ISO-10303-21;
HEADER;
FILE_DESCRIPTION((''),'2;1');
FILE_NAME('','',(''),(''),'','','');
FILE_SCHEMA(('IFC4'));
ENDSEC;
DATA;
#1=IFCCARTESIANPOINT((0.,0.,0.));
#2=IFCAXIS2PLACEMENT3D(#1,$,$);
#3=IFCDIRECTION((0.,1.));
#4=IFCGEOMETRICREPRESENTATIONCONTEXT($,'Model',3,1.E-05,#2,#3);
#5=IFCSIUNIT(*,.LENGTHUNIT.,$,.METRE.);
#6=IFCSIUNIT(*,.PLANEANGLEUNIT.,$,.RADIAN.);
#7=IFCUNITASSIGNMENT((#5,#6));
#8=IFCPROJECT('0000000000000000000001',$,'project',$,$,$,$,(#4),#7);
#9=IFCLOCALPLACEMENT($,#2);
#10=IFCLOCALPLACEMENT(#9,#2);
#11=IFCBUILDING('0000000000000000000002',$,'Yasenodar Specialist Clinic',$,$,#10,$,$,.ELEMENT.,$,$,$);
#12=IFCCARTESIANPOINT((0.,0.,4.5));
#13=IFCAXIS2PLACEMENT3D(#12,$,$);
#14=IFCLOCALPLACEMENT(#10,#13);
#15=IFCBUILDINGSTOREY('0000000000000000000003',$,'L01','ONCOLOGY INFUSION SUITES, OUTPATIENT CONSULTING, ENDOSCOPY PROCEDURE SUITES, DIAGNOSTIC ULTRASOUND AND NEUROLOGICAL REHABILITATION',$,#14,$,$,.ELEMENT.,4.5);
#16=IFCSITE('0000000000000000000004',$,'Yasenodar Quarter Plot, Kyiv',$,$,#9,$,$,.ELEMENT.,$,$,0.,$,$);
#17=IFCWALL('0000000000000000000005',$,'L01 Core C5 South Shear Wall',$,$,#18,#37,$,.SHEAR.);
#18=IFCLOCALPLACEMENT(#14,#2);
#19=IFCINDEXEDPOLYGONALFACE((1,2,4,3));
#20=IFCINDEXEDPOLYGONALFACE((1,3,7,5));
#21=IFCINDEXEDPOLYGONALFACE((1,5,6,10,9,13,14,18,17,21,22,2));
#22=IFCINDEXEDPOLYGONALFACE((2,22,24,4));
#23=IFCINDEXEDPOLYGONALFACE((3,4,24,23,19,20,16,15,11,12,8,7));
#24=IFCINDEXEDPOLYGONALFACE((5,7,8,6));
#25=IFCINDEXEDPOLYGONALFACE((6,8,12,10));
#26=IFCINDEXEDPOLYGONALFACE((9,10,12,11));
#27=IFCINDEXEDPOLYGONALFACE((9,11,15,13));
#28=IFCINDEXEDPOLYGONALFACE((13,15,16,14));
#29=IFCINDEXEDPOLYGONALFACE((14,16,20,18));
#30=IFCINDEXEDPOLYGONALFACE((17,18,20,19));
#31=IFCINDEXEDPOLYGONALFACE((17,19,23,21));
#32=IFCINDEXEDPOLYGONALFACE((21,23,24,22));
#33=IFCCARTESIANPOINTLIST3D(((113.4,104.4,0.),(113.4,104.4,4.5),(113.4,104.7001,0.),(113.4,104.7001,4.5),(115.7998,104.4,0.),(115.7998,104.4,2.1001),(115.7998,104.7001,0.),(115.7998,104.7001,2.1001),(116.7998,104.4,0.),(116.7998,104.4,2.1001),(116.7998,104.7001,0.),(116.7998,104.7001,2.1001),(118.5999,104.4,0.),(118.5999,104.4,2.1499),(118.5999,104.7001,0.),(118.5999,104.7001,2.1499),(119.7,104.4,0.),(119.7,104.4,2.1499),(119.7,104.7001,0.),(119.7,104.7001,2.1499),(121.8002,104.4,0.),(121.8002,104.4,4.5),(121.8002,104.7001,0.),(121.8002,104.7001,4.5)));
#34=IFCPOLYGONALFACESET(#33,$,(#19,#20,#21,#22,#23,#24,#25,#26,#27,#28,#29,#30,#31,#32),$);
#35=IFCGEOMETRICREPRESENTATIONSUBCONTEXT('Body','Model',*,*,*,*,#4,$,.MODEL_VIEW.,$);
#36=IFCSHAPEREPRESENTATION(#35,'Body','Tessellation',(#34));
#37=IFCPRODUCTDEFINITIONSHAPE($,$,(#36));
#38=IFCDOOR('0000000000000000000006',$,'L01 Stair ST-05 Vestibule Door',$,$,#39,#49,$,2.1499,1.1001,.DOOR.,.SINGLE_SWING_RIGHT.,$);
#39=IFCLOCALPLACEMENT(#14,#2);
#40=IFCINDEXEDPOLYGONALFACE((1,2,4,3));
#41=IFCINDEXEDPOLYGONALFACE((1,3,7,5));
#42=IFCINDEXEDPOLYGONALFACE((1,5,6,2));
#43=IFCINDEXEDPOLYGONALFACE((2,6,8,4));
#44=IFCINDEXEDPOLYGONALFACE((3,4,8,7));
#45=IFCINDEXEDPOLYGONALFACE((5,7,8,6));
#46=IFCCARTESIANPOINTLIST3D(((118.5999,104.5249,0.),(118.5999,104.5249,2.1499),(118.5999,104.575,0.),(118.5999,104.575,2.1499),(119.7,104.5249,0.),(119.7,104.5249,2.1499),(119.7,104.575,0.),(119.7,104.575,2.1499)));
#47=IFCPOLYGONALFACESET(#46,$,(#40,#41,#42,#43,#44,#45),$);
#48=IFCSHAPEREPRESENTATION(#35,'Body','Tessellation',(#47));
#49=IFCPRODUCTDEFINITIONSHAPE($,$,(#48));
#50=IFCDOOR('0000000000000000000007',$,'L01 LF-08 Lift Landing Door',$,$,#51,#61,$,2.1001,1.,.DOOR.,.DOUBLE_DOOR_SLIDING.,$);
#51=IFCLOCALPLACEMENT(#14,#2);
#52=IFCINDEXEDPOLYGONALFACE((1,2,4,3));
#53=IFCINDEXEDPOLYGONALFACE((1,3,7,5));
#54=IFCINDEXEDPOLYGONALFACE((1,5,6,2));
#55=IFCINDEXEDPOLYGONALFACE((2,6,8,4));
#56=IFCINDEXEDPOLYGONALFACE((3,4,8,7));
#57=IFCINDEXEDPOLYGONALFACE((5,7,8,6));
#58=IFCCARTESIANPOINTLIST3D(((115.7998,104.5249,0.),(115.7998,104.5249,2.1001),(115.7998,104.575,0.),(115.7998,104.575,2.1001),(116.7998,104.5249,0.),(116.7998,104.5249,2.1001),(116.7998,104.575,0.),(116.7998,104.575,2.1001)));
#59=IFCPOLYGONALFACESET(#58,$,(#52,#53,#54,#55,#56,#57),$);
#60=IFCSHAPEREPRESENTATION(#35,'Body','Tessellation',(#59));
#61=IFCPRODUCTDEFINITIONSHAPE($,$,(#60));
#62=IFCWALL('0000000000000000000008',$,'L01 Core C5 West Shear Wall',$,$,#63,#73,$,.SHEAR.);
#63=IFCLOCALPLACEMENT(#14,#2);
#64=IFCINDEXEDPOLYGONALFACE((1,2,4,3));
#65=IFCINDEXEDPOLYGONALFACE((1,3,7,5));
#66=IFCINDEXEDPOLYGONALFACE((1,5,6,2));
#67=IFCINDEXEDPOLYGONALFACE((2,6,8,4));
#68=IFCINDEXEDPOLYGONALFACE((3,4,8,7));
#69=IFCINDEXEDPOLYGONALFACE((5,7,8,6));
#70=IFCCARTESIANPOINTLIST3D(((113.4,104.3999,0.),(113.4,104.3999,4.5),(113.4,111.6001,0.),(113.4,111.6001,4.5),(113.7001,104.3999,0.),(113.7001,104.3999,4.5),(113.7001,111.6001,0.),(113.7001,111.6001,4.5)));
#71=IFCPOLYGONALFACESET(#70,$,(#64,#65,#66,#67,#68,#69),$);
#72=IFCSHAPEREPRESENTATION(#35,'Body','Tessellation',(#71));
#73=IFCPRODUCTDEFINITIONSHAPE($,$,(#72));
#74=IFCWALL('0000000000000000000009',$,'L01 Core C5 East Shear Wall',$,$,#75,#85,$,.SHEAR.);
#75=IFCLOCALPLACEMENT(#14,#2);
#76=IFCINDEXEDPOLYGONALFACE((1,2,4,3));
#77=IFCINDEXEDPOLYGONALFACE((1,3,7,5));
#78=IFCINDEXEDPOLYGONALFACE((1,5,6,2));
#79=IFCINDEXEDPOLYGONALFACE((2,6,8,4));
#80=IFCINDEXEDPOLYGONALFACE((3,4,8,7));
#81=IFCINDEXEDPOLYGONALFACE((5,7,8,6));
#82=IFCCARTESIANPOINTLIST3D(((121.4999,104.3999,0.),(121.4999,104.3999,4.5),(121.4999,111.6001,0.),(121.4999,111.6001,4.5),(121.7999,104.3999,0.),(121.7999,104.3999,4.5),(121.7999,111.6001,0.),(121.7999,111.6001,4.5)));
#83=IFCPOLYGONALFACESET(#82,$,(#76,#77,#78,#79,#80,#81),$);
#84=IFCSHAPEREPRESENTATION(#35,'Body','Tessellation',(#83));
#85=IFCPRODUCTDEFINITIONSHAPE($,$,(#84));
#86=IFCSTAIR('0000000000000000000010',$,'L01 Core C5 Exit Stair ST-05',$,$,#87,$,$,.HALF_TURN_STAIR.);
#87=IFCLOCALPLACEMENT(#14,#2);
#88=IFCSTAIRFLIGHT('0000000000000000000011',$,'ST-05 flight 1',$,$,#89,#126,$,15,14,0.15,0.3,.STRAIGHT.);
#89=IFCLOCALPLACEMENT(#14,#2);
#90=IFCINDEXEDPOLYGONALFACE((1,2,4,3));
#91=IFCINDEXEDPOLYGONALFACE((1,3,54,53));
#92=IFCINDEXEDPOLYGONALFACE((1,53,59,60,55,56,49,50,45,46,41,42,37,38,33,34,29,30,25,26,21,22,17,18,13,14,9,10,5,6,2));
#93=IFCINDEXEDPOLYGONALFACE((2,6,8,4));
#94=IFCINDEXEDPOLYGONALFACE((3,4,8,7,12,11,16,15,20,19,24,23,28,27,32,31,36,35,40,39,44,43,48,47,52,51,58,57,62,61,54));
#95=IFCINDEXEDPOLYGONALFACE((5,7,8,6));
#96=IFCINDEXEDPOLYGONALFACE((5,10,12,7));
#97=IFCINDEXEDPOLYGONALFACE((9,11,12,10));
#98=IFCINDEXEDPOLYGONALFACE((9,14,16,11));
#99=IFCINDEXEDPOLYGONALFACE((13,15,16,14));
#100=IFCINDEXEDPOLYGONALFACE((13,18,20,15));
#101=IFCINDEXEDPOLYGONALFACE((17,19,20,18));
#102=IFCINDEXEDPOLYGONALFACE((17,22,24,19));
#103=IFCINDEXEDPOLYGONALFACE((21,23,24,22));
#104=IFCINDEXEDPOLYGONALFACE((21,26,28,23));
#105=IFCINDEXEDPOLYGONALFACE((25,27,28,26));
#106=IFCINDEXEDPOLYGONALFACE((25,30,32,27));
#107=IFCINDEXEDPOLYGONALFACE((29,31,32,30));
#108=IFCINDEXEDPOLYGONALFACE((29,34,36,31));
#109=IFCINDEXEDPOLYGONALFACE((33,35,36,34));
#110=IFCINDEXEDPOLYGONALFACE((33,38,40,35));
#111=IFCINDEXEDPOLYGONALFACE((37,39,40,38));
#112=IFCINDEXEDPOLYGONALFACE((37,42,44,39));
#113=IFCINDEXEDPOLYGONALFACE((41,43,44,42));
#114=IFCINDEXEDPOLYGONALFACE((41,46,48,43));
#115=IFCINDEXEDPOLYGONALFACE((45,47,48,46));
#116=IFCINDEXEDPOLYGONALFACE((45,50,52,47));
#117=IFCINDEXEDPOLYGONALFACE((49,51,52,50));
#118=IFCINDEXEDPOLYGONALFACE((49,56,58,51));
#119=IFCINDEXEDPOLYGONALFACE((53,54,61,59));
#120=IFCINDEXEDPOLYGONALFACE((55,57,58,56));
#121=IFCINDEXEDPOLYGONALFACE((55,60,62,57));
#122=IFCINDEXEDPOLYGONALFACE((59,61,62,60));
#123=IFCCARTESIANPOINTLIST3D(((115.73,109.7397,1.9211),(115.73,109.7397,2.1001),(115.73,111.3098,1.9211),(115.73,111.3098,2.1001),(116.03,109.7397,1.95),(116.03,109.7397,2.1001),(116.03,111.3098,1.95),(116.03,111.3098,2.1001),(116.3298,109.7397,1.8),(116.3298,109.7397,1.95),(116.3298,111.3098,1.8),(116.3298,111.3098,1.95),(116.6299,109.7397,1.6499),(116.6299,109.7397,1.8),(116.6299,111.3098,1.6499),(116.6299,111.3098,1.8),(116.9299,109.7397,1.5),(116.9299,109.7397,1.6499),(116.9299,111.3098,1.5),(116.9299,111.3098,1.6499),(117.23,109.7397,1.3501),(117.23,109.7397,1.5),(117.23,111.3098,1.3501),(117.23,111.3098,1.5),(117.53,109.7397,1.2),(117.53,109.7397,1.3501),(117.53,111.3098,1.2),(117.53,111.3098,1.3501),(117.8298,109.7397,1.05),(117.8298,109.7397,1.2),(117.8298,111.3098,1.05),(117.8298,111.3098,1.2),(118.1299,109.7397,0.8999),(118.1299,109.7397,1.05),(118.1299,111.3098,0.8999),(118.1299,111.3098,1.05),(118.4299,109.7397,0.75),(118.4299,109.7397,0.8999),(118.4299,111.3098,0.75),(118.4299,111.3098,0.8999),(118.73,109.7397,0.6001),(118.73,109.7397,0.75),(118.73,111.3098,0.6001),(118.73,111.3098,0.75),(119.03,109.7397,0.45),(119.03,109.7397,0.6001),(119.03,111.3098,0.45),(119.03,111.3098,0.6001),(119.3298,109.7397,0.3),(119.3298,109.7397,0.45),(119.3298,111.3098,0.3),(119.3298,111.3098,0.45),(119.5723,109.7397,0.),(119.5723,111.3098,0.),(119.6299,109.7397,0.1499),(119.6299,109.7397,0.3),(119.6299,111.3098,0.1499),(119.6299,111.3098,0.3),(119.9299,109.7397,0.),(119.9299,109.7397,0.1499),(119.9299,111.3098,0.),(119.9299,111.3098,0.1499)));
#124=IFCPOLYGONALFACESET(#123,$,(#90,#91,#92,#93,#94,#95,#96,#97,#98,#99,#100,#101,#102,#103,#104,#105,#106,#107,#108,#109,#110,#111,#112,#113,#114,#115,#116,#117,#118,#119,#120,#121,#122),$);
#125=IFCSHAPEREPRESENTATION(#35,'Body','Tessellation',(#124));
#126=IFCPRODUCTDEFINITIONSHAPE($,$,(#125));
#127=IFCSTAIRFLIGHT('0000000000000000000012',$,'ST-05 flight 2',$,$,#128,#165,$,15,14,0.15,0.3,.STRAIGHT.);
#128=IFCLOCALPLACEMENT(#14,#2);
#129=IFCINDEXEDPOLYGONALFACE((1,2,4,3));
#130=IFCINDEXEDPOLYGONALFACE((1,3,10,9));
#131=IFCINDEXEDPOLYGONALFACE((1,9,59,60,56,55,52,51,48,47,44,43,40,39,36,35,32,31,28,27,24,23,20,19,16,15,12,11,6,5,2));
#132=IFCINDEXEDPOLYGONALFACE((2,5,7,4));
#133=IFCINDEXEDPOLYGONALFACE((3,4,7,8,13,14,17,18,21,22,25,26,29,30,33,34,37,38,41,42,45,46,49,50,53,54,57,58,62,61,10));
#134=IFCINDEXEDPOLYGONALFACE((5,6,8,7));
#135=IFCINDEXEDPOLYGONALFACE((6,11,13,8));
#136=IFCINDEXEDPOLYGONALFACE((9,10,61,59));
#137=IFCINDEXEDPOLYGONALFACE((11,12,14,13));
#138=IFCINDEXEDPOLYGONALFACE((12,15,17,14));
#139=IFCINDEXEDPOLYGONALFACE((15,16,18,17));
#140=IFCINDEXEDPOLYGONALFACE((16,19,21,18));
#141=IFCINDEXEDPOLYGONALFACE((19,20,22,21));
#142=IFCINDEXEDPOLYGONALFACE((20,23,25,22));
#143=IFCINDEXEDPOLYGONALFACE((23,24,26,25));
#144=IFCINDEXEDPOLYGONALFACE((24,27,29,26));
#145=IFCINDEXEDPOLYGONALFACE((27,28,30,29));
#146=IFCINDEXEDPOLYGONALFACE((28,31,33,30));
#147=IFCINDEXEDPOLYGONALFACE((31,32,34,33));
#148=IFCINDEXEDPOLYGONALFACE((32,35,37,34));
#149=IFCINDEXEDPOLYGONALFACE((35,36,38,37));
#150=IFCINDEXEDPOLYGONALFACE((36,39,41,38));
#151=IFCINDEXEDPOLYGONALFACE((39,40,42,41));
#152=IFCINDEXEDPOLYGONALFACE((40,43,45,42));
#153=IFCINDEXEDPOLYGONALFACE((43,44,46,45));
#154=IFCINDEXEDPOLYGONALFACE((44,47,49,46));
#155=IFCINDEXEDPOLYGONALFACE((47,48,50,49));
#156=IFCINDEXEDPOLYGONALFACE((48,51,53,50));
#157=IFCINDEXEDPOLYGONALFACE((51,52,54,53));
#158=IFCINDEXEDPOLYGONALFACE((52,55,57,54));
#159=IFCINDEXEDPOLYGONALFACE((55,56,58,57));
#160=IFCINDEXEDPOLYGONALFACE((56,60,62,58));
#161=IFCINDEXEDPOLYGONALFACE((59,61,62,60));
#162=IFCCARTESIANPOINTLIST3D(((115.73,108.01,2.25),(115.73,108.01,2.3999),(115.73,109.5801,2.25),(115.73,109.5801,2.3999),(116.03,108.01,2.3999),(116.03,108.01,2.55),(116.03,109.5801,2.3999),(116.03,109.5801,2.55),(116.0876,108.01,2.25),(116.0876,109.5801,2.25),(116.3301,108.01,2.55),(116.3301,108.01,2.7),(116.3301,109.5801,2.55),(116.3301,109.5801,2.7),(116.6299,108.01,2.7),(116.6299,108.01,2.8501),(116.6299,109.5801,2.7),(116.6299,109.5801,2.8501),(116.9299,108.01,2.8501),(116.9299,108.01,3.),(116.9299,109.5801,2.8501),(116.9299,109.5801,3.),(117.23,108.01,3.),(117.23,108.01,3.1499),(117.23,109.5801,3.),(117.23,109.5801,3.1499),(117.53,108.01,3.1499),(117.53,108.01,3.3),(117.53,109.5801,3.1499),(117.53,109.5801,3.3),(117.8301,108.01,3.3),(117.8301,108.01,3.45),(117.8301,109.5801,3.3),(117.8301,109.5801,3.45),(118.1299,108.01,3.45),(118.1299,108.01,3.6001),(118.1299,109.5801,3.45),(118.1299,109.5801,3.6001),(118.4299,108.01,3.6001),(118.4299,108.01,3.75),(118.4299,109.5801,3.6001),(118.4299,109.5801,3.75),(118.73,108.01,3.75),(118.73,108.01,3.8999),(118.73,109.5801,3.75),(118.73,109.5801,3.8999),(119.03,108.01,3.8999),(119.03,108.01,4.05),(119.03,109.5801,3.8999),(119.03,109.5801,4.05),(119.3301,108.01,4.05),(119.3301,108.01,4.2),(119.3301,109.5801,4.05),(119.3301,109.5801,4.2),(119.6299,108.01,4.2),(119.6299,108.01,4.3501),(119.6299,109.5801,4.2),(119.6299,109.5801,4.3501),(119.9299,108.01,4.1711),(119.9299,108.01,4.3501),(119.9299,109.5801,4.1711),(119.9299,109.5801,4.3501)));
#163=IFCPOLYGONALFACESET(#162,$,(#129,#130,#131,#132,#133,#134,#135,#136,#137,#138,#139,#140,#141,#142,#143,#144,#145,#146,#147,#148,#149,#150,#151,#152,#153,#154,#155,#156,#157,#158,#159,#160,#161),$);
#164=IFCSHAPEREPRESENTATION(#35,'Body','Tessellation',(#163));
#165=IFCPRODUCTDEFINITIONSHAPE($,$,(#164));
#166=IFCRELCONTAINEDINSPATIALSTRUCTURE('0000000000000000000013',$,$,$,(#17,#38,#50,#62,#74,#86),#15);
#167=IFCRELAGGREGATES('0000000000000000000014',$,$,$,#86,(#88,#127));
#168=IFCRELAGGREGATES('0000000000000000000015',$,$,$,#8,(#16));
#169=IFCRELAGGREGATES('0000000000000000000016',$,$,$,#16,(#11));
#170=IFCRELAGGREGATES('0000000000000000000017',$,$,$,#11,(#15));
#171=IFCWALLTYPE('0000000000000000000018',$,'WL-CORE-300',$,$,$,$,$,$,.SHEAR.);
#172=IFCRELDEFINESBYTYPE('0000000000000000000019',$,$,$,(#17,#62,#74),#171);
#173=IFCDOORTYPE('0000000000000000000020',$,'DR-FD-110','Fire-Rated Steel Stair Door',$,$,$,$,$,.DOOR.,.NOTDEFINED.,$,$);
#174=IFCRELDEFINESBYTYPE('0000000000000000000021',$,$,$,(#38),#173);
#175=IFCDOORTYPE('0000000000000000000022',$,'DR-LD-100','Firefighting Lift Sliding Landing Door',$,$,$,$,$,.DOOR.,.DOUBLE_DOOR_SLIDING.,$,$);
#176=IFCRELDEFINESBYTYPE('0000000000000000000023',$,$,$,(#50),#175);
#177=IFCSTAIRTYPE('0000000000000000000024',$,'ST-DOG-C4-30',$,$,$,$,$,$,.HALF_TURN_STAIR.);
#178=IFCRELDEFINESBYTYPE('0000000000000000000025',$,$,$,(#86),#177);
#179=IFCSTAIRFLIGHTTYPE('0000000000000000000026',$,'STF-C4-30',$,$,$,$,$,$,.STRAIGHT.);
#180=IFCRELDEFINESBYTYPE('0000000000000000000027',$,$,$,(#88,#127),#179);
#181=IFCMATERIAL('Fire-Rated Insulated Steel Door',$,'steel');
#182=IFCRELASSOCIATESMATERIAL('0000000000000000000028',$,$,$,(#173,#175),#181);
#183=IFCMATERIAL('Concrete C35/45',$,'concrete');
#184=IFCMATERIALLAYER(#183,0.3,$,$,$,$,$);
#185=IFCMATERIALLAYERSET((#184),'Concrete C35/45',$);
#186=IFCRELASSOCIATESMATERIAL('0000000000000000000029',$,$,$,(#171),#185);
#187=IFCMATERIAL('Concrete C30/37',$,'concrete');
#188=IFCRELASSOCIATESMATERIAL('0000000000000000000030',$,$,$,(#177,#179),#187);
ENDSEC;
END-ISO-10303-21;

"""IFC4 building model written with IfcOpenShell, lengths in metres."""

from ifc_helpers import new_model, si_unit, direction, frame, frame_2d, origin, place, context, subcontext, project, spatial, polyline, rectangle, outline, extrude, material, layer, layer_set, type_object, element, fill, aggregate, save


model = new_model("IFC4")

# Units and contexts
model_context = context("Model", 3, precision=1e-05, world=origin(), true_north=direction((0.0, 1.0)))
body_context = subcontext(model_context, "Body", "Model", "MODEL_VIEW")
ifc_project = project(units=[si_unit("LENGTHUNIT", "METRE"), si_unit("PLANEANGLEUNIT", "RADIAN")], contexts=[model_context])

# Site, building, storey
site_placement = place(None, origin())
site = spatial("IfcSite", under=ifc_project, at=site_placement, Name="Yasenodar Quarter Plot, Kyiv", CompositionType="ELEMENT", RefElevation=0.0)
building_placement = place(site_placement, origin())
building = spatial("IfcBuilding", under=site, at=building_placement, Name="Yasenodar Specialist Clinic", CompositionType="ELEMENT")
storey_placement = place(building_placement, frame((0.0, 0.0, 4.5)))
storey = spatial("IfcBuildingStorey", under=building, at=storey_placement, Name="L01", Description="ONCOLOGY INFUSION SUITES, OUTPATIENT CONSULTING, ENDOSCOPY PROCEDURE SUITES, DIAGNOSTIC ULTRASOUND AND NEUROLOGICAL REHABILITATION", CompositionType="ELEMENT", Elevation=4.5)

# Shared definitions
ifc_material_1 = material(Name="Concrete C35/45", Category="concrete")
ifc_material_2 = material(Name="Fire-Rated Insulated Steel Door", Category="steel")
door_type_1 = type_object("IfcDoorType", Name="DR-FD-110", Description="Fire-Rated Steel Stair Door", OperationType="NOTDEFINED", PredefinedType="DOOR", material=ifc_material_2)

# Shared definitions
ifc_layer_1 = layer(ifc_material_1, 0.3)
ifc_layer_set_1 = layer_set([ifc_layer_1], Name="Concrete C35/45")
wall_type_1 = type_object("IfcWallType", Name="WL-CORE-300", PredefinedType="SHEAR", material=ifc_layer_set_1)

# Wall, openings, doors
wall_1_placement = place(storey_placement, frame((113.3999, 104.55, 0.0), z_axis=(0.0, 0.0, 1.0), x_axis=(1.0, 0.0, 0.0)))
wall_1 = element("IfcWall", 1, at=wall_1_placement, inside=storey, type_object=wall_type_1, Name="L01 Core C5 South Shear Wall", PredefinedType="SHEAR", context=body_context, shape_type="SweptSolid", body=[
    extrude(rectangle(XDim=8.4001, YDim=0.3, at=frame_2d((4.2002, 0.0))), origin(), (0.0, 0.0, 1.0), 4.5),
])
opening_1_placement = place(wall_1_placement, frame((5.2, 0.0, 0.0)))
opening_1 = element("IfcOpeningElement", 2, at=opening_1_placement, cuts=wall_1, PredefinedType="OPENING", context=body_context, shape_type="SweptSolid", body=[
    extrude(rectangle(XDim=1.1001, YDim=2.1499, at=frame_2d((0.55, 1.075))), frame((0.0, 0.1602, 0.0), z_axis=(0.0, -1.0, 0.0), x_axis=(1.0, 0.0, 0.0)), (0.0, 0.0, 1.0), 0.3201),
])
opening_2_placement = place(wall_1_placement, frame((2.3999, 0.0, 0.0)))
opening_2 = element("IfcOpeningElement", 3, at=opening_2_placement, cuts=wall_1, PredefinedType="OPENING", context=body_context, shape_type="SweptSolid", body=[
    extrude(rectangle(XDim=1.0, YDim=2.1001, at=frame_2d((0.5, 1.05))), frame((0.0, 0.1602, 0.0), z_axis=(0.0, -1.0, 0.0), x_axis=(1.0, 0.0, 0.0)), (0.0, 0.0, 1.0), 0.3201),
])
door_1_placement = place(opening_1_placement, origin())
door_1 = element("IfcDoor", 4, at=door_1_placement, inside=storey, type_object=door_type_1, Name="L01 Stair ST-05 Vestibule Door", OperationType="SINGLE_SWING_RIGHT", OverallHeight=2.1499, OverallWidth=1.1001, PredefinedType="DOOR", context=body_context, shape_type="SweptSolid", body=[
    extrude(rectangle(XDim=1.1001, YDim=2.1499, at=frame_2d((0.55, 1.075))), frame((0.0, 0.0249, 0.0), z_axis=(0.0, -1.0, 0.0), x_axis=(1.0, 0.0, 0.0)), (0.0, 0.0, 1.0), 0.05),
])
fill(opening_1, door_1)
door_type_2 = type_object("IfcDoorType", Name="DR-LD-100", Description="Firefighting Lift Sliding Landing Door", OperationType="DOUBLE_DOOR_SLIDING", PredefinedType="DOOR", material=ifc_material_2)
door_2_placement = place(opening_2_placement, origin())
door_2 = element("IfcDoor", 5, at=door_2_placement, inside=storey, type_object=door_type_2, Name="L01 LF-08 Lift Landing Door", OperationType="DOUBLE_DOOR_SLIDING", OverallHeight=2.1001, OverallWidth=1.0, PredefinedType="DOOR", context=body_context, shape_type="SweptSolid", body=[
    extrude(rectangle(XDim=1.0, YDim=2.1001, at=frame_2d((0.5, 1.05))), frame((0.0, 0.0249, 0.0), z_axis=(0.0, -1.0, 0.0), x_axis=(1.0, 0.0, 0.0)), (0.0, 0.0, 1.0), 0.05),
])
fill(opening_2, door_2)

# Walls
for number, where, z_axis, x_axis, name in (
    (6, (113.55, 104.3999, 0.0), (0.0, 0.0, 1.0), (0.0, 1.0, 0.0), "L01 Core C5 West Shear Wall"),
    (7, (121.6499, 111.6001, 0.0), (0.0, 0.0, 1.0), (0.0, -1.0, 0.0), "L01 Core C5 East Shear Wall"),
):
    element("IfcWall", number, at=place(storey_placement, frame(where, z_axis=z_axis, x_axis=x_axis)), inside=storey, type_object=wall_type_1, Name=name, PredefinedType="SHEAR", context=body_context, shape_type="SweptSolid", body=[
        extrude(rectangle(XDim=7.2002, YDim=0.3, at=frame_2d((3.6001, 0.0))), origin(), (0.0, 0.0, 1.0), 4.5),
    ])

# Stair, stair flights
ifc_material_3 = material(Name="Concrete C30/37", Category="concrete")
stair_type = type_object("IfcStairType", Name="ST-DOG-C4-30", PredefinedType="HALF_TURN_STAIR", material=ifc_material_3)
stair_placement = place(storey_placement, origin())
stair = element("IfcStair", 8, at=stair_placement, inside=storey, type_object=stair_type, Name="L01 Core C5 Exit Stair ST-05", PredefinedType="HALF_TURN_STAIR")
stair_flight_type = type_object("IfcStairFlightType", Name="STF-C4-30", PredefinedType="STRAIGHT", material=ifc_material_3)
stair_flight_1_placement = place(storey_placement, frame((119.9299, 110.5249, 0.0), z_axis=(0.0, 0.0, 1.0), x_axis=(-1.0, 0.0, 0.0)))
stair_flight_1 = element("IfcStairFlight", 9, at=stair_flight_1_placement, type_object=stair_flight_type, Name="ST-05 flight 1", NumberOfRisers=15, NumberOfTreads=14, PredefinedType="STRAIGHT", RiserHeight=0.15, TreadLength=0.3, context=body_context, shape_type="SweptSolid", body=[
    extrude(outline(polyline([(0.0, 0.0), (0.0, 0.1499), (0.3, 0.1499), (0.3, 0.3), (0.6001, 0.3), (0.6001, 0.45), (0.8999, 0.45), (0.8999, 0.6001), (1.2, 0.6001), (1.2, 0.75), (1.5, 0.75), (1.5, 0.8999), (1.8, 0.8999), (1.8, 1.05), (2.1001, 1.05), (2.1001, 1.2), (2.3999, 1.2), (2.3999, 1.3501), (2.7, 1.3501), (2.7, 1.5), (3.0, 1.5), (3.0, 1.6499), (3.3, 1.6499), (3.3, 1.8), (3.6001, 1.8), (3.6001, 1.95), (3.8999, 1.95), (3.8999, 2.1001), (4.2, 2.1001), (4.2, 2.25), (4.2, 1.9211), (0.3577, 0.0), (0.0, 0.0)])), frame((0.0, 0.7852, 0.0), z_axis=(0.0, -1.0, 0.0), x_axis=(1.0, 0.0, 0.0)), (0.0, 0.0, 1.0), 1.5701),
])
stair_flight_2_placement = place(storey_placement, frame((115.73, 108.7949, 2.25), z_axis=(0.0, 0.0, 1.0), x_axis=(1.0, 0.0, 0.0)))
stair_flight_2 = element("IfcStairFlight", 10, at=stair_flight_2_placement, type_object=stair_flight_type, Name="ST-05 flight 2", NumberOfRisers=15, NumberOfTreads=14, PredefinedType="STRAIGHT", RiserHeight=0.15, TreadLength=0.3, context=body_context, shape_type="SweptSolid", body=[
    extrude(outline(polyline([(0.0, 0.0), (0.0, 0.1499), (0.3, 0.1499), (0.3, 0.3), (0.6001, 0.3), (0.6001, 0.45), (0.8999, 0.45), (0.8999, 0.6001), (1.2, 0.6001), (1.2, 0.75), (1.5, 0.75), (1.5, 0.8999), (1.8, 0.8999), (1.8, 1.05), (2.1001, 1.05), (2.1001, 1.2), (2.3999, 1.2), (2.3999, 1.3501), (2.7, 1.3501), (2.7, 1.5), (3.0, 1.5), (3.0, 1.6499), (3.3, 1.6499), (3.3, 1.8), (3.6001, 1.8), (3.6001, 1.95), (3.8999, 1.95), (3.8999, 2.1001), (4.2, 2.1001), (4.2, 2.25), (4.2, 1.9211), (0.3577, 0.0), (0.0, 0.0)])), frame((0.0, 0.7852, 0.0), z_axis=(0.0, -1.0, 0.0), x_axis=(1.0, 0.0, 0.0)), (0.0, 0.0, 1.0), 1.5701),
])
aggregate(stair, [stair_flight_1, stair_flight_2])

save(model, "model.ifc")
